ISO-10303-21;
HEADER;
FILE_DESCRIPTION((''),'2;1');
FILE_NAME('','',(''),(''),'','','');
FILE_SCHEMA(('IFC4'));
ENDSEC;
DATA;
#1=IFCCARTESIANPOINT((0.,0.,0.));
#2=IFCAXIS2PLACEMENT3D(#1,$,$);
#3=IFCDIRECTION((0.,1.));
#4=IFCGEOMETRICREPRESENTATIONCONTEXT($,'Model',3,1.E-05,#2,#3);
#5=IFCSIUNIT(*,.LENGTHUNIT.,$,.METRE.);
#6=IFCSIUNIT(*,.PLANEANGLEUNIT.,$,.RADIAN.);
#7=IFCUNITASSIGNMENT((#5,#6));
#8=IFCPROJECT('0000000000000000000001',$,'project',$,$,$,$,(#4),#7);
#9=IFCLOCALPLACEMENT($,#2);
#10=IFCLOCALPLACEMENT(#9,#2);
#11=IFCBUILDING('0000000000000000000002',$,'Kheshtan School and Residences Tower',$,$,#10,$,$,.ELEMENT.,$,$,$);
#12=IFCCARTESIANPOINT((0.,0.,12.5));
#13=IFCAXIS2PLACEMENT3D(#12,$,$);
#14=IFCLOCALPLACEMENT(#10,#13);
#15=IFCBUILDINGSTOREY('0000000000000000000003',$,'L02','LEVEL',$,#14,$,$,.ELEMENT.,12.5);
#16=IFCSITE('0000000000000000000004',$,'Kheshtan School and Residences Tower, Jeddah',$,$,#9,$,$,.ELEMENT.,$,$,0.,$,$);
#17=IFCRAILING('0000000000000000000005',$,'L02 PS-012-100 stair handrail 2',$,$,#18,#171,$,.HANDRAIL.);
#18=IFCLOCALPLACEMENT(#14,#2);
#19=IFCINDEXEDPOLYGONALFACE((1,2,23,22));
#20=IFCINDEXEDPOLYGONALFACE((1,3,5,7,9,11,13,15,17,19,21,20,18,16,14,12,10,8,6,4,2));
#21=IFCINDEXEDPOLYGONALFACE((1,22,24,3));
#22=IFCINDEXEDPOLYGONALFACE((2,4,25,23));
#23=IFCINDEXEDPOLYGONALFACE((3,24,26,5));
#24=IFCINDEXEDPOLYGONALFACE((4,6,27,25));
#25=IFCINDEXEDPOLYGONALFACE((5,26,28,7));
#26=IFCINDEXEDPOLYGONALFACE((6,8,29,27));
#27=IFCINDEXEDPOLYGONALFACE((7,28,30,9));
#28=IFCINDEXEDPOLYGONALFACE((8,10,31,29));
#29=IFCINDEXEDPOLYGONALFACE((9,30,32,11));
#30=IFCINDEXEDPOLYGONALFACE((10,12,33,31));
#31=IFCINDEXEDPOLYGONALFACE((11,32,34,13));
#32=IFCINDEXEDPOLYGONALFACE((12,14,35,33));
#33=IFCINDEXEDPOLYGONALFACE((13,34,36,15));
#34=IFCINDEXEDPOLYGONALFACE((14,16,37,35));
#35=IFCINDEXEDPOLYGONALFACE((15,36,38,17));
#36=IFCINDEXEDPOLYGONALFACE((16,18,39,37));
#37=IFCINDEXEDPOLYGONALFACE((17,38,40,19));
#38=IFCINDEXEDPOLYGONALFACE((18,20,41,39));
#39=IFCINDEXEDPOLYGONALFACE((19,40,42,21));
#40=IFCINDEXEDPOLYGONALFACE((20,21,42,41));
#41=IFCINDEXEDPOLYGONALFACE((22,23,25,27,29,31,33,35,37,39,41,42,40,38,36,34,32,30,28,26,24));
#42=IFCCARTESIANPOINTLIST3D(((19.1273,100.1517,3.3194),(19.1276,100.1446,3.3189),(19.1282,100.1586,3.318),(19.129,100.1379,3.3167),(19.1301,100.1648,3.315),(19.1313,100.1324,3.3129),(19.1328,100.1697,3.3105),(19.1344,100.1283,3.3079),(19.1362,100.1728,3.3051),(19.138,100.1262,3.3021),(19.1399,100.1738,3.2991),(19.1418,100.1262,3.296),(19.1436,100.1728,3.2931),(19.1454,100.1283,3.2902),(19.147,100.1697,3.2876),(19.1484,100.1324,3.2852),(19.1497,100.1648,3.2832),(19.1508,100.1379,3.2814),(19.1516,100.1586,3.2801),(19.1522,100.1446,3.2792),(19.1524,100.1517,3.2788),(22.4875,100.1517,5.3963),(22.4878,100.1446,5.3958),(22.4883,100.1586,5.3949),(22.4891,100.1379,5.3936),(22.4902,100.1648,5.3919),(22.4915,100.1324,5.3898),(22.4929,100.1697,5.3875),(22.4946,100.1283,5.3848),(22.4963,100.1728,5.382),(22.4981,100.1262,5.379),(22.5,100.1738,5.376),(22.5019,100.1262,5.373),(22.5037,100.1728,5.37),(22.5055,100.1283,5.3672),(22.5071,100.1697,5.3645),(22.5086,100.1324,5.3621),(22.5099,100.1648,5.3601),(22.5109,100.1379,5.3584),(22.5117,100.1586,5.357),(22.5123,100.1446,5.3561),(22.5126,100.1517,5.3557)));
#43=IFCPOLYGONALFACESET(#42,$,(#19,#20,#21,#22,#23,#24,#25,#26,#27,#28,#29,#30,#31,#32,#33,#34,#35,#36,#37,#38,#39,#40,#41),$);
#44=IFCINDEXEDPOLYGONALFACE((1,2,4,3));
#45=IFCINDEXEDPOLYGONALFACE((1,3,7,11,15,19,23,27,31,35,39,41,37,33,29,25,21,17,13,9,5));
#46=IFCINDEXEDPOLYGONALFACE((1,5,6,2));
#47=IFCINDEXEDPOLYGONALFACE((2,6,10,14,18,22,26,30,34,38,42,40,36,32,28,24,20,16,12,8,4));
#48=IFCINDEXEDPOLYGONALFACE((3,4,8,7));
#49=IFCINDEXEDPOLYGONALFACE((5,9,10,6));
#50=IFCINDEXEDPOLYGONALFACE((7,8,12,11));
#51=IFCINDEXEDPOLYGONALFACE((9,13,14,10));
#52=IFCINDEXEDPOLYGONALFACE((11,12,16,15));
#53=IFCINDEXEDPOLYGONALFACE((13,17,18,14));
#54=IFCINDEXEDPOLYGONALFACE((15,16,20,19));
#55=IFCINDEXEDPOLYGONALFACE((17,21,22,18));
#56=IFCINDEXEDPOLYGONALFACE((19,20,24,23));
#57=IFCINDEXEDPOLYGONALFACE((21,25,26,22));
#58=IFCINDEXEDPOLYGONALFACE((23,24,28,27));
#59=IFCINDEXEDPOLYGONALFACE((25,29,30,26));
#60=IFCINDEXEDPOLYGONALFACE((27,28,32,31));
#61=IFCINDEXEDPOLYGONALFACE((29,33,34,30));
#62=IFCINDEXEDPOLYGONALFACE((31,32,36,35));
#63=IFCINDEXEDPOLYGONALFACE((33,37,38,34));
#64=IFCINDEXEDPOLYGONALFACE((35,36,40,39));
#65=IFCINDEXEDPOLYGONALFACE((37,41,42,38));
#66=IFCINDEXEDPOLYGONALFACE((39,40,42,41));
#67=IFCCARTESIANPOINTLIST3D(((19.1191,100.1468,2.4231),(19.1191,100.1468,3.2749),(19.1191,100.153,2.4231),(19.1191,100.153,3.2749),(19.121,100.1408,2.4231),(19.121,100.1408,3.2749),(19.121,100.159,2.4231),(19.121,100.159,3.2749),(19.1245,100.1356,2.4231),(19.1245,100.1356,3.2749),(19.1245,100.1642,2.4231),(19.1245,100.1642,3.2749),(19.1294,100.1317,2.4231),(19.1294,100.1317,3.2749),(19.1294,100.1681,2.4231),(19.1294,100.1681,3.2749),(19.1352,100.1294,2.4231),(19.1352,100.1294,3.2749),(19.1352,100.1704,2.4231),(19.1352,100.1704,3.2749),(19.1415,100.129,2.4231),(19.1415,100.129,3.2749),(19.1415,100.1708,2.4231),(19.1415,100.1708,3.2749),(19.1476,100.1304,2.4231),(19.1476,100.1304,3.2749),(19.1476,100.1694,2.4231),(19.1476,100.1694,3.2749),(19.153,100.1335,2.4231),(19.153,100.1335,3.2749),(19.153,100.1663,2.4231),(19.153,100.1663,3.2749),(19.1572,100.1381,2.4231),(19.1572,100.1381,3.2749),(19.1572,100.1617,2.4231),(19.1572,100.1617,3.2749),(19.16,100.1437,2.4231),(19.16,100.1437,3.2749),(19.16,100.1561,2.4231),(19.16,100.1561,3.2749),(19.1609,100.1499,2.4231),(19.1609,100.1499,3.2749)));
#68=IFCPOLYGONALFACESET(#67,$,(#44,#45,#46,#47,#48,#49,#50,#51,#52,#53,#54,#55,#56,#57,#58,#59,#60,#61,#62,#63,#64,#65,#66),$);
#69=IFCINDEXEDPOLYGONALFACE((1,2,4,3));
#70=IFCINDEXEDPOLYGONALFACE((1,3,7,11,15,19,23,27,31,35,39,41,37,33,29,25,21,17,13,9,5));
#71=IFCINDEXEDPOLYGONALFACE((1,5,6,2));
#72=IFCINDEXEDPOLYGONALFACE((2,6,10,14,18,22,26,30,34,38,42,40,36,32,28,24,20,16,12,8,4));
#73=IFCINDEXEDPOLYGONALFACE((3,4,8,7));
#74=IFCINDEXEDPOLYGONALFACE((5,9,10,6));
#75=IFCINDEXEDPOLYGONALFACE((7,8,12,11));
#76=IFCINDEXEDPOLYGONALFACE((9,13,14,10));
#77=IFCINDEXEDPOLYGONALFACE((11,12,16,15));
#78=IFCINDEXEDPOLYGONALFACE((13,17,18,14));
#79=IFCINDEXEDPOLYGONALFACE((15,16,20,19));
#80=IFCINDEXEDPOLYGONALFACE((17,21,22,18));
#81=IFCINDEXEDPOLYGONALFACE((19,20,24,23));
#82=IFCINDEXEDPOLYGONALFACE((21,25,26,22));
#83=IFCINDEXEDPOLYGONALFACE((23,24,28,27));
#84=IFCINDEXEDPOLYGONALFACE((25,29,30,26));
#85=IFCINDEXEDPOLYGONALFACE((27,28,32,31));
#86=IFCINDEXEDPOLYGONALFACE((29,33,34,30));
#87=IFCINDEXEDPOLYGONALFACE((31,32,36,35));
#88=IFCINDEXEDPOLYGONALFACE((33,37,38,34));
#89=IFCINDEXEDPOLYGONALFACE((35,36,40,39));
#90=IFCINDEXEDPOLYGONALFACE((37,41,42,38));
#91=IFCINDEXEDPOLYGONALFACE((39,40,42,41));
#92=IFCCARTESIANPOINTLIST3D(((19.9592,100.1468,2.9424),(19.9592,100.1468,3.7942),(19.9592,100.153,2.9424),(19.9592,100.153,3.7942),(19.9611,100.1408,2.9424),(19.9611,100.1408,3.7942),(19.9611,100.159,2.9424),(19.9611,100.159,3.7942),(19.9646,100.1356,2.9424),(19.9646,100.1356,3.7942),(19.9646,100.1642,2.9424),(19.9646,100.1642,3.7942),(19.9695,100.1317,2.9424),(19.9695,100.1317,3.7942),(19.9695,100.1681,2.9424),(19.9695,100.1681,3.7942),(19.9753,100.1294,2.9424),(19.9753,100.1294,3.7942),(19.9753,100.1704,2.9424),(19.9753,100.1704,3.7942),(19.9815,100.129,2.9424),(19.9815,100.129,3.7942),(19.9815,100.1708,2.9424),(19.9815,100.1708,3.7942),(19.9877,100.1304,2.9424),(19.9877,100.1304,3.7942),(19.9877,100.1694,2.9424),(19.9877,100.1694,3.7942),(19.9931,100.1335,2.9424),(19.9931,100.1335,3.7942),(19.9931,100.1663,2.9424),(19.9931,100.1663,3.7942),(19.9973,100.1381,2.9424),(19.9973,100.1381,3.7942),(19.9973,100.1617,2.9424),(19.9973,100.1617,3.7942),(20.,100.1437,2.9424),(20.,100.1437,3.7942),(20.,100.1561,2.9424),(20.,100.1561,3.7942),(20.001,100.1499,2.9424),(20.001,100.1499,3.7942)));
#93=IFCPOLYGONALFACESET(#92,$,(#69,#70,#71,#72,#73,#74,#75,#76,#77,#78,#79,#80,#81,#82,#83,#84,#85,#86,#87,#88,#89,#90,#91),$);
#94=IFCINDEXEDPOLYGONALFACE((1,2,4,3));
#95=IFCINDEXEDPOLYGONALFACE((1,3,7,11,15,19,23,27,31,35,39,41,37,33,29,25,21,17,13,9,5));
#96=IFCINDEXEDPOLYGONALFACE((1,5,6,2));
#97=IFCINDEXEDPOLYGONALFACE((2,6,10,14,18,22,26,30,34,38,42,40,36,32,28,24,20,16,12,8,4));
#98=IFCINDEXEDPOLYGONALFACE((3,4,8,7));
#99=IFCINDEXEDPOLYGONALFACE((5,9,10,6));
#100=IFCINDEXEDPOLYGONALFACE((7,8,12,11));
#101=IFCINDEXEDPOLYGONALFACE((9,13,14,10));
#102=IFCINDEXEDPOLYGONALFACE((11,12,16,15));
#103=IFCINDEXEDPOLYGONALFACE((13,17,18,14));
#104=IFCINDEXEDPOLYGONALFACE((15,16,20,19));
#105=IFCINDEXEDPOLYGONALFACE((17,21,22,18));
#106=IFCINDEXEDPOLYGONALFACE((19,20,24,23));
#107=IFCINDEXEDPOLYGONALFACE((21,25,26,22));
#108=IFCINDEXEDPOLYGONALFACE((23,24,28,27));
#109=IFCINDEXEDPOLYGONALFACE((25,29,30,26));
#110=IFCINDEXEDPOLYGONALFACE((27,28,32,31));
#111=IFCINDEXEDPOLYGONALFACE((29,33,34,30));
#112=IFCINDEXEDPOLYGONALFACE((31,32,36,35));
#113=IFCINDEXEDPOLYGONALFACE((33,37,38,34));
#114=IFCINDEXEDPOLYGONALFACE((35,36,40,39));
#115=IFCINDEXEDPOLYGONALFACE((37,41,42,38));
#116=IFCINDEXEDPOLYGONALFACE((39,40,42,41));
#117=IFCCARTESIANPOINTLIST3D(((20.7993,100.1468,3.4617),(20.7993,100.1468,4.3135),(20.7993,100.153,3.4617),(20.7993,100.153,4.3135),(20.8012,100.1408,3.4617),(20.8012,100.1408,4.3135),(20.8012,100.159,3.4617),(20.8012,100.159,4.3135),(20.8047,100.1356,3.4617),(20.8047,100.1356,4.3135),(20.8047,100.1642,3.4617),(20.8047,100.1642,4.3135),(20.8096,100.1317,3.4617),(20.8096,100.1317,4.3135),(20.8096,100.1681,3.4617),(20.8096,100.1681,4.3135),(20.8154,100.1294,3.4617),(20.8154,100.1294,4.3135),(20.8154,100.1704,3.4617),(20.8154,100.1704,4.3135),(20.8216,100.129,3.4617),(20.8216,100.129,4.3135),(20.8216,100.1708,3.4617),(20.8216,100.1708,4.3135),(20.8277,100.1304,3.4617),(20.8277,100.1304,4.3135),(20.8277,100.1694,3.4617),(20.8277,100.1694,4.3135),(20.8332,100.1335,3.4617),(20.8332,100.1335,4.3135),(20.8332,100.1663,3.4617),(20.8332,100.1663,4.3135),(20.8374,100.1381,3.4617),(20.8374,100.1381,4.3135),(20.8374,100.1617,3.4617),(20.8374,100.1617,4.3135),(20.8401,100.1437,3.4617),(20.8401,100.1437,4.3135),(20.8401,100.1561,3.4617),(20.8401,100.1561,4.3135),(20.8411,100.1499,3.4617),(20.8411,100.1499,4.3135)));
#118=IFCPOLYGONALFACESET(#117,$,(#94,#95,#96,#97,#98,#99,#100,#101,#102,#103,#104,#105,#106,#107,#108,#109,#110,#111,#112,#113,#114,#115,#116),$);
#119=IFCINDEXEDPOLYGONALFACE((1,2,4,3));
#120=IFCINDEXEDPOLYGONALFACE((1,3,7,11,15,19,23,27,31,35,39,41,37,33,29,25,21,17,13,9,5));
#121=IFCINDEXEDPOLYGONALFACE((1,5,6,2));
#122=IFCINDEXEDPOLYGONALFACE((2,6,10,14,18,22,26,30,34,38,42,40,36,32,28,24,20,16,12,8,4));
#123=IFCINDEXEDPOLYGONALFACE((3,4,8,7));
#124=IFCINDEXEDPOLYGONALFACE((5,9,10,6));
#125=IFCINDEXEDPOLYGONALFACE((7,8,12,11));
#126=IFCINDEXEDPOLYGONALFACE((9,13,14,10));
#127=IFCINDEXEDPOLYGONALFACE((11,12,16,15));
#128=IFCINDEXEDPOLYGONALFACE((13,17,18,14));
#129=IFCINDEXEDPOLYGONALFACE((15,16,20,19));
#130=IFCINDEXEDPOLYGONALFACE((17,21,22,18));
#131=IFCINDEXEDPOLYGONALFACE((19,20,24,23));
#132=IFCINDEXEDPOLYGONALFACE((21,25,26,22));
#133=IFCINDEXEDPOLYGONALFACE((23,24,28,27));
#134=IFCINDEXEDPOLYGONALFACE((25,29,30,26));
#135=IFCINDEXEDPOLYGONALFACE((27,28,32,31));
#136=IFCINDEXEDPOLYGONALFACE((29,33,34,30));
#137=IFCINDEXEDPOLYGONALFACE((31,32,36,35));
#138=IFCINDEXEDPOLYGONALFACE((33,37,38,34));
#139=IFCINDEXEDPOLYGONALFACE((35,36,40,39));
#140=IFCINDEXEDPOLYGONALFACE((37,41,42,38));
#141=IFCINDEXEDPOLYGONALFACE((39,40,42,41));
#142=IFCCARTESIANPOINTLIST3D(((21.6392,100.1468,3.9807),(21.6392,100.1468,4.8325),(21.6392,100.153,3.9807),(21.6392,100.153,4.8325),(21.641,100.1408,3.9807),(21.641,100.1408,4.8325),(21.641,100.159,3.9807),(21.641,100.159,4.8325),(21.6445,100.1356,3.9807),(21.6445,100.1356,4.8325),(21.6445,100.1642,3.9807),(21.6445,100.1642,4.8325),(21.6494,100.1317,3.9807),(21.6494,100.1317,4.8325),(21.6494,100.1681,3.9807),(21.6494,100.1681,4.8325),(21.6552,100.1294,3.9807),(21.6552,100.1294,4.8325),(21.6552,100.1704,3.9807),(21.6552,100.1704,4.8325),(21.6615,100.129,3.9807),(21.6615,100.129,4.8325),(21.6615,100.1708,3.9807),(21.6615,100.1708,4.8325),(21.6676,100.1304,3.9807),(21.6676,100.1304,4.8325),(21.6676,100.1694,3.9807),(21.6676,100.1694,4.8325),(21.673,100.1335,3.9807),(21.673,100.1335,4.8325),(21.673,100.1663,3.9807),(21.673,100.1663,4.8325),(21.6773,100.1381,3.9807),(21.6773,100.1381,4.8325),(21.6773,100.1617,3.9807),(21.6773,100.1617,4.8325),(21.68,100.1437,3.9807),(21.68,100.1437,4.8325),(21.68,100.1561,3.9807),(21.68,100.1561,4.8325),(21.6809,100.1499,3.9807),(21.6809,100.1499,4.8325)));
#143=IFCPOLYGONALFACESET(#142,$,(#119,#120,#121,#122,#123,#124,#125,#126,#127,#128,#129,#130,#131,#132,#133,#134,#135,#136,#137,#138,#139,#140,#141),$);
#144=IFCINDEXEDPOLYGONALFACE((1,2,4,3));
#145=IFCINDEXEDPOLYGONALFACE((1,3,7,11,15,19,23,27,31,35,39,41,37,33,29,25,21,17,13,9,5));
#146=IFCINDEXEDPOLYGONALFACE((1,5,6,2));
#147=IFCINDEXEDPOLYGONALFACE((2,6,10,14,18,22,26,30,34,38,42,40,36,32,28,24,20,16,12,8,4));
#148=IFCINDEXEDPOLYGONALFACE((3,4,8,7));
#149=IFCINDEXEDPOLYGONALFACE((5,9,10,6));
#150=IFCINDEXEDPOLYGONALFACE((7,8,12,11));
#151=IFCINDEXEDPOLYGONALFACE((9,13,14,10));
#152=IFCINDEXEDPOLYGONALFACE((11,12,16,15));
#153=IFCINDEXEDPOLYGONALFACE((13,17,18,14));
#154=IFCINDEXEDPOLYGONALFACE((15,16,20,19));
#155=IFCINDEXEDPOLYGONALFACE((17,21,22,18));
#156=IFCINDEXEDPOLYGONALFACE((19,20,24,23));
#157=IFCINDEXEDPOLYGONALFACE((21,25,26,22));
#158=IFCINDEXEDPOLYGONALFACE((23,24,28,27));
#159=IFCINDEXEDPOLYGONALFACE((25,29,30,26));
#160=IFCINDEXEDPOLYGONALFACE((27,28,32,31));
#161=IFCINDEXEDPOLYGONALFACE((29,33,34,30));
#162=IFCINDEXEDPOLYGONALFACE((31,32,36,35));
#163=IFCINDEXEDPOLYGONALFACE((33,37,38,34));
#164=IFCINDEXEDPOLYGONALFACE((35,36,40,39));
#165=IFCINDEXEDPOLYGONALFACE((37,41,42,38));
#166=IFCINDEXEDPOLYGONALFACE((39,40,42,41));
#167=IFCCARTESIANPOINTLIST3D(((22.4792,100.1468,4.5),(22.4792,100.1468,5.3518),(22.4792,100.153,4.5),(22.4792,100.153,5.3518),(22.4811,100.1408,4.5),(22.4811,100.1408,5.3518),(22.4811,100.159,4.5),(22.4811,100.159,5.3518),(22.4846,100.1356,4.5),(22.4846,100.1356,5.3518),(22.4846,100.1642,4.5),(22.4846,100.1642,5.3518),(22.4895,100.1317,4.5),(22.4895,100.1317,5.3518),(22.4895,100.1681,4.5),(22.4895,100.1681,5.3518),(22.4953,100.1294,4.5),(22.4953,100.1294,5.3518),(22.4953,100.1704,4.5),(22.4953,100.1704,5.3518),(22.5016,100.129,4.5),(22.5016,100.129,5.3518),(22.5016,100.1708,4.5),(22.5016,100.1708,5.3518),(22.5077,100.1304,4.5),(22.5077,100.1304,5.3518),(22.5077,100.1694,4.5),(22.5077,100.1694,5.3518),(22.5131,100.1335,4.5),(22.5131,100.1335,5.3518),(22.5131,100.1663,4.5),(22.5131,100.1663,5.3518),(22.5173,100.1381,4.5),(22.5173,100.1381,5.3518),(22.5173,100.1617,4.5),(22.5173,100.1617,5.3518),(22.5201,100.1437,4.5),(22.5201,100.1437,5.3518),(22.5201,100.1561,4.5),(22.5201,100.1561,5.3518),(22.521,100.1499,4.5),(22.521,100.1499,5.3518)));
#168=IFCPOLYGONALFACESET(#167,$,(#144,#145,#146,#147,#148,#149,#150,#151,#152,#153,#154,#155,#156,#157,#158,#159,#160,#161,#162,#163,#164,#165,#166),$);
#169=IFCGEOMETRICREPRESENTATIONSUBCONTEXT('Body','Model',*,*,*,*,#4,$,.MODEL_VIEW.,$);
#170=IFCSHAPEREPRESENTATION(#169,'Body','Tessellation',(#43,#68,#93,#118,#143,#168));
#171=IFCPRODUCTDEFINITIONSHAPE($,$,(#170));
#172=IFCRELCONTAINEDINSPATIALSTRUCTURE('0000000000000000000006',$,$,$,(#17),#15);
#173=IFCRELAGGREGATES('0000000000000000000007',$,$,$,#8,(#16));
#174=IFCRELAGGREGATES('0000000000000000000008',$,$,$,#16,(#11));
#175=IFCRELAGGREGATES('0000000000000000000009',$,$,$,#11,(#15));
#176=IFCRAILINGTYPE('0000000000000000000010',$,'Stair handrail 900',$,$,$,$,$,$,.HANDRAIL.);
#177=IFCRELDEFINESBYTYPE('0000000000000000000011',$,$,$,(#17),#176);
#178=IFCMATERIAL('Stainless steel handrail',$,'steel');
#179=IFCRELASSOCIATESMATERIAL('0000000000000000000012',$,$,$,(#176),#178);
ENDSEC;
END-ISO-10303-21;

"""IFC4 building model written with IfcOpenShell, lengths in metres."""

from ifc_helpers import new_model, si_unit, direction, frame, origin, origin_2d, place, context, subcontext, project, spatial, circle, extrude, material, type_object, element, save


model = new_model("IFC4")

# Units and contexts
model_context = context("Model", 3, precision=1e-05, world=origin(), true_north=direction((0.0, 1.0)))
body_context = subcontext(model_context, "Body", "Model", "MODEL_VIEW")
ifc_project = project(units=[si_unit("LENGTHUNIT", "METRE"), si_unit("PLANEANGLEUNIT", "RADIAN")], contexts=[model_context])

# Site, building, storey
site_placement = place(None, origin())
site = spatial("IfcSite", under=ifc_project, at=site_placement, Name="Kheshtan School and Residences Tower, Jeddah", CompositionType="ELEMENT", RefElevation=0.0)
building_placement = place(site_placement, origin())
building = spatial("IfcBuilding", under=site, at=building_placement, Name="Kheshtan School and Residences Tower", CompositionType="ELEMENT")
storey_placement = place(building_placement, frame((0.0, 0.0, 12.5)))
storey = spatial("IfcBuildingStorey", under=building, at=storey_placement, Name="L02", Description="LEVEL", CompositionType="ELEMENT", Elevation=12.5)

# Railing
ifc_material_1 = material(Name="Stainless steel handrail", Category="steel")
railing_type_1 = type_object("IfcRailingType", Name="Stair handrail 900", PredefinedType="HANDRAIL", material=ifc_material_1)
railing_1_placement = place(storey_placement, frame((19.1399, 100.1499, 2.4231)))
element("IfcRailing", 1, at=railing_1_placement, inside=storey, type_object=railing_type_1, Name="L02 PS-012-100 stair handrail 2", PredefinedType="HANDRAIL", context=body_context, shape_type="SweptSolid", body=[
    extrude(circle(Radius=0.0239, at=origin_2d()), frame((0.0, 0.0, 0.876), z_axis=(0.850623, 0.0, 0.525776), x_axis=(0.0, 1.0, 0.0)), (0.0, 0.0, 1.0), 3.9502),
    extrude(circle(Radius=0.021, at=origin_2d()), origin(), (0.0, 0.0, 1.0), 0.8518),
    extrude(circle(Radius=0.021, at=origin_2d()), frame((0.8401, 0.0, 0.5193)), (0.0, 0.0, 1.0), 0.8518),
    extrude(circle(Radius=0.021, at=origin_2d()), frame((1.6802, 0.0, 1.0386)), (0.0, 0.0, 1.0), 0.8518),
    extrude(circle(Radius=0.021, at=origin_2d()), frame((2.52, 0.0, 1.5576)), (0.0, 0.0, 1.0), 0.8518),
    extrude(circle(Radius=0.021, at=origin_2d()), frame((3.3601, 0.0, 2.0769)), (0.0, 0.0, 1.0), 0.8518),
])

save(model, "model.ifc")
